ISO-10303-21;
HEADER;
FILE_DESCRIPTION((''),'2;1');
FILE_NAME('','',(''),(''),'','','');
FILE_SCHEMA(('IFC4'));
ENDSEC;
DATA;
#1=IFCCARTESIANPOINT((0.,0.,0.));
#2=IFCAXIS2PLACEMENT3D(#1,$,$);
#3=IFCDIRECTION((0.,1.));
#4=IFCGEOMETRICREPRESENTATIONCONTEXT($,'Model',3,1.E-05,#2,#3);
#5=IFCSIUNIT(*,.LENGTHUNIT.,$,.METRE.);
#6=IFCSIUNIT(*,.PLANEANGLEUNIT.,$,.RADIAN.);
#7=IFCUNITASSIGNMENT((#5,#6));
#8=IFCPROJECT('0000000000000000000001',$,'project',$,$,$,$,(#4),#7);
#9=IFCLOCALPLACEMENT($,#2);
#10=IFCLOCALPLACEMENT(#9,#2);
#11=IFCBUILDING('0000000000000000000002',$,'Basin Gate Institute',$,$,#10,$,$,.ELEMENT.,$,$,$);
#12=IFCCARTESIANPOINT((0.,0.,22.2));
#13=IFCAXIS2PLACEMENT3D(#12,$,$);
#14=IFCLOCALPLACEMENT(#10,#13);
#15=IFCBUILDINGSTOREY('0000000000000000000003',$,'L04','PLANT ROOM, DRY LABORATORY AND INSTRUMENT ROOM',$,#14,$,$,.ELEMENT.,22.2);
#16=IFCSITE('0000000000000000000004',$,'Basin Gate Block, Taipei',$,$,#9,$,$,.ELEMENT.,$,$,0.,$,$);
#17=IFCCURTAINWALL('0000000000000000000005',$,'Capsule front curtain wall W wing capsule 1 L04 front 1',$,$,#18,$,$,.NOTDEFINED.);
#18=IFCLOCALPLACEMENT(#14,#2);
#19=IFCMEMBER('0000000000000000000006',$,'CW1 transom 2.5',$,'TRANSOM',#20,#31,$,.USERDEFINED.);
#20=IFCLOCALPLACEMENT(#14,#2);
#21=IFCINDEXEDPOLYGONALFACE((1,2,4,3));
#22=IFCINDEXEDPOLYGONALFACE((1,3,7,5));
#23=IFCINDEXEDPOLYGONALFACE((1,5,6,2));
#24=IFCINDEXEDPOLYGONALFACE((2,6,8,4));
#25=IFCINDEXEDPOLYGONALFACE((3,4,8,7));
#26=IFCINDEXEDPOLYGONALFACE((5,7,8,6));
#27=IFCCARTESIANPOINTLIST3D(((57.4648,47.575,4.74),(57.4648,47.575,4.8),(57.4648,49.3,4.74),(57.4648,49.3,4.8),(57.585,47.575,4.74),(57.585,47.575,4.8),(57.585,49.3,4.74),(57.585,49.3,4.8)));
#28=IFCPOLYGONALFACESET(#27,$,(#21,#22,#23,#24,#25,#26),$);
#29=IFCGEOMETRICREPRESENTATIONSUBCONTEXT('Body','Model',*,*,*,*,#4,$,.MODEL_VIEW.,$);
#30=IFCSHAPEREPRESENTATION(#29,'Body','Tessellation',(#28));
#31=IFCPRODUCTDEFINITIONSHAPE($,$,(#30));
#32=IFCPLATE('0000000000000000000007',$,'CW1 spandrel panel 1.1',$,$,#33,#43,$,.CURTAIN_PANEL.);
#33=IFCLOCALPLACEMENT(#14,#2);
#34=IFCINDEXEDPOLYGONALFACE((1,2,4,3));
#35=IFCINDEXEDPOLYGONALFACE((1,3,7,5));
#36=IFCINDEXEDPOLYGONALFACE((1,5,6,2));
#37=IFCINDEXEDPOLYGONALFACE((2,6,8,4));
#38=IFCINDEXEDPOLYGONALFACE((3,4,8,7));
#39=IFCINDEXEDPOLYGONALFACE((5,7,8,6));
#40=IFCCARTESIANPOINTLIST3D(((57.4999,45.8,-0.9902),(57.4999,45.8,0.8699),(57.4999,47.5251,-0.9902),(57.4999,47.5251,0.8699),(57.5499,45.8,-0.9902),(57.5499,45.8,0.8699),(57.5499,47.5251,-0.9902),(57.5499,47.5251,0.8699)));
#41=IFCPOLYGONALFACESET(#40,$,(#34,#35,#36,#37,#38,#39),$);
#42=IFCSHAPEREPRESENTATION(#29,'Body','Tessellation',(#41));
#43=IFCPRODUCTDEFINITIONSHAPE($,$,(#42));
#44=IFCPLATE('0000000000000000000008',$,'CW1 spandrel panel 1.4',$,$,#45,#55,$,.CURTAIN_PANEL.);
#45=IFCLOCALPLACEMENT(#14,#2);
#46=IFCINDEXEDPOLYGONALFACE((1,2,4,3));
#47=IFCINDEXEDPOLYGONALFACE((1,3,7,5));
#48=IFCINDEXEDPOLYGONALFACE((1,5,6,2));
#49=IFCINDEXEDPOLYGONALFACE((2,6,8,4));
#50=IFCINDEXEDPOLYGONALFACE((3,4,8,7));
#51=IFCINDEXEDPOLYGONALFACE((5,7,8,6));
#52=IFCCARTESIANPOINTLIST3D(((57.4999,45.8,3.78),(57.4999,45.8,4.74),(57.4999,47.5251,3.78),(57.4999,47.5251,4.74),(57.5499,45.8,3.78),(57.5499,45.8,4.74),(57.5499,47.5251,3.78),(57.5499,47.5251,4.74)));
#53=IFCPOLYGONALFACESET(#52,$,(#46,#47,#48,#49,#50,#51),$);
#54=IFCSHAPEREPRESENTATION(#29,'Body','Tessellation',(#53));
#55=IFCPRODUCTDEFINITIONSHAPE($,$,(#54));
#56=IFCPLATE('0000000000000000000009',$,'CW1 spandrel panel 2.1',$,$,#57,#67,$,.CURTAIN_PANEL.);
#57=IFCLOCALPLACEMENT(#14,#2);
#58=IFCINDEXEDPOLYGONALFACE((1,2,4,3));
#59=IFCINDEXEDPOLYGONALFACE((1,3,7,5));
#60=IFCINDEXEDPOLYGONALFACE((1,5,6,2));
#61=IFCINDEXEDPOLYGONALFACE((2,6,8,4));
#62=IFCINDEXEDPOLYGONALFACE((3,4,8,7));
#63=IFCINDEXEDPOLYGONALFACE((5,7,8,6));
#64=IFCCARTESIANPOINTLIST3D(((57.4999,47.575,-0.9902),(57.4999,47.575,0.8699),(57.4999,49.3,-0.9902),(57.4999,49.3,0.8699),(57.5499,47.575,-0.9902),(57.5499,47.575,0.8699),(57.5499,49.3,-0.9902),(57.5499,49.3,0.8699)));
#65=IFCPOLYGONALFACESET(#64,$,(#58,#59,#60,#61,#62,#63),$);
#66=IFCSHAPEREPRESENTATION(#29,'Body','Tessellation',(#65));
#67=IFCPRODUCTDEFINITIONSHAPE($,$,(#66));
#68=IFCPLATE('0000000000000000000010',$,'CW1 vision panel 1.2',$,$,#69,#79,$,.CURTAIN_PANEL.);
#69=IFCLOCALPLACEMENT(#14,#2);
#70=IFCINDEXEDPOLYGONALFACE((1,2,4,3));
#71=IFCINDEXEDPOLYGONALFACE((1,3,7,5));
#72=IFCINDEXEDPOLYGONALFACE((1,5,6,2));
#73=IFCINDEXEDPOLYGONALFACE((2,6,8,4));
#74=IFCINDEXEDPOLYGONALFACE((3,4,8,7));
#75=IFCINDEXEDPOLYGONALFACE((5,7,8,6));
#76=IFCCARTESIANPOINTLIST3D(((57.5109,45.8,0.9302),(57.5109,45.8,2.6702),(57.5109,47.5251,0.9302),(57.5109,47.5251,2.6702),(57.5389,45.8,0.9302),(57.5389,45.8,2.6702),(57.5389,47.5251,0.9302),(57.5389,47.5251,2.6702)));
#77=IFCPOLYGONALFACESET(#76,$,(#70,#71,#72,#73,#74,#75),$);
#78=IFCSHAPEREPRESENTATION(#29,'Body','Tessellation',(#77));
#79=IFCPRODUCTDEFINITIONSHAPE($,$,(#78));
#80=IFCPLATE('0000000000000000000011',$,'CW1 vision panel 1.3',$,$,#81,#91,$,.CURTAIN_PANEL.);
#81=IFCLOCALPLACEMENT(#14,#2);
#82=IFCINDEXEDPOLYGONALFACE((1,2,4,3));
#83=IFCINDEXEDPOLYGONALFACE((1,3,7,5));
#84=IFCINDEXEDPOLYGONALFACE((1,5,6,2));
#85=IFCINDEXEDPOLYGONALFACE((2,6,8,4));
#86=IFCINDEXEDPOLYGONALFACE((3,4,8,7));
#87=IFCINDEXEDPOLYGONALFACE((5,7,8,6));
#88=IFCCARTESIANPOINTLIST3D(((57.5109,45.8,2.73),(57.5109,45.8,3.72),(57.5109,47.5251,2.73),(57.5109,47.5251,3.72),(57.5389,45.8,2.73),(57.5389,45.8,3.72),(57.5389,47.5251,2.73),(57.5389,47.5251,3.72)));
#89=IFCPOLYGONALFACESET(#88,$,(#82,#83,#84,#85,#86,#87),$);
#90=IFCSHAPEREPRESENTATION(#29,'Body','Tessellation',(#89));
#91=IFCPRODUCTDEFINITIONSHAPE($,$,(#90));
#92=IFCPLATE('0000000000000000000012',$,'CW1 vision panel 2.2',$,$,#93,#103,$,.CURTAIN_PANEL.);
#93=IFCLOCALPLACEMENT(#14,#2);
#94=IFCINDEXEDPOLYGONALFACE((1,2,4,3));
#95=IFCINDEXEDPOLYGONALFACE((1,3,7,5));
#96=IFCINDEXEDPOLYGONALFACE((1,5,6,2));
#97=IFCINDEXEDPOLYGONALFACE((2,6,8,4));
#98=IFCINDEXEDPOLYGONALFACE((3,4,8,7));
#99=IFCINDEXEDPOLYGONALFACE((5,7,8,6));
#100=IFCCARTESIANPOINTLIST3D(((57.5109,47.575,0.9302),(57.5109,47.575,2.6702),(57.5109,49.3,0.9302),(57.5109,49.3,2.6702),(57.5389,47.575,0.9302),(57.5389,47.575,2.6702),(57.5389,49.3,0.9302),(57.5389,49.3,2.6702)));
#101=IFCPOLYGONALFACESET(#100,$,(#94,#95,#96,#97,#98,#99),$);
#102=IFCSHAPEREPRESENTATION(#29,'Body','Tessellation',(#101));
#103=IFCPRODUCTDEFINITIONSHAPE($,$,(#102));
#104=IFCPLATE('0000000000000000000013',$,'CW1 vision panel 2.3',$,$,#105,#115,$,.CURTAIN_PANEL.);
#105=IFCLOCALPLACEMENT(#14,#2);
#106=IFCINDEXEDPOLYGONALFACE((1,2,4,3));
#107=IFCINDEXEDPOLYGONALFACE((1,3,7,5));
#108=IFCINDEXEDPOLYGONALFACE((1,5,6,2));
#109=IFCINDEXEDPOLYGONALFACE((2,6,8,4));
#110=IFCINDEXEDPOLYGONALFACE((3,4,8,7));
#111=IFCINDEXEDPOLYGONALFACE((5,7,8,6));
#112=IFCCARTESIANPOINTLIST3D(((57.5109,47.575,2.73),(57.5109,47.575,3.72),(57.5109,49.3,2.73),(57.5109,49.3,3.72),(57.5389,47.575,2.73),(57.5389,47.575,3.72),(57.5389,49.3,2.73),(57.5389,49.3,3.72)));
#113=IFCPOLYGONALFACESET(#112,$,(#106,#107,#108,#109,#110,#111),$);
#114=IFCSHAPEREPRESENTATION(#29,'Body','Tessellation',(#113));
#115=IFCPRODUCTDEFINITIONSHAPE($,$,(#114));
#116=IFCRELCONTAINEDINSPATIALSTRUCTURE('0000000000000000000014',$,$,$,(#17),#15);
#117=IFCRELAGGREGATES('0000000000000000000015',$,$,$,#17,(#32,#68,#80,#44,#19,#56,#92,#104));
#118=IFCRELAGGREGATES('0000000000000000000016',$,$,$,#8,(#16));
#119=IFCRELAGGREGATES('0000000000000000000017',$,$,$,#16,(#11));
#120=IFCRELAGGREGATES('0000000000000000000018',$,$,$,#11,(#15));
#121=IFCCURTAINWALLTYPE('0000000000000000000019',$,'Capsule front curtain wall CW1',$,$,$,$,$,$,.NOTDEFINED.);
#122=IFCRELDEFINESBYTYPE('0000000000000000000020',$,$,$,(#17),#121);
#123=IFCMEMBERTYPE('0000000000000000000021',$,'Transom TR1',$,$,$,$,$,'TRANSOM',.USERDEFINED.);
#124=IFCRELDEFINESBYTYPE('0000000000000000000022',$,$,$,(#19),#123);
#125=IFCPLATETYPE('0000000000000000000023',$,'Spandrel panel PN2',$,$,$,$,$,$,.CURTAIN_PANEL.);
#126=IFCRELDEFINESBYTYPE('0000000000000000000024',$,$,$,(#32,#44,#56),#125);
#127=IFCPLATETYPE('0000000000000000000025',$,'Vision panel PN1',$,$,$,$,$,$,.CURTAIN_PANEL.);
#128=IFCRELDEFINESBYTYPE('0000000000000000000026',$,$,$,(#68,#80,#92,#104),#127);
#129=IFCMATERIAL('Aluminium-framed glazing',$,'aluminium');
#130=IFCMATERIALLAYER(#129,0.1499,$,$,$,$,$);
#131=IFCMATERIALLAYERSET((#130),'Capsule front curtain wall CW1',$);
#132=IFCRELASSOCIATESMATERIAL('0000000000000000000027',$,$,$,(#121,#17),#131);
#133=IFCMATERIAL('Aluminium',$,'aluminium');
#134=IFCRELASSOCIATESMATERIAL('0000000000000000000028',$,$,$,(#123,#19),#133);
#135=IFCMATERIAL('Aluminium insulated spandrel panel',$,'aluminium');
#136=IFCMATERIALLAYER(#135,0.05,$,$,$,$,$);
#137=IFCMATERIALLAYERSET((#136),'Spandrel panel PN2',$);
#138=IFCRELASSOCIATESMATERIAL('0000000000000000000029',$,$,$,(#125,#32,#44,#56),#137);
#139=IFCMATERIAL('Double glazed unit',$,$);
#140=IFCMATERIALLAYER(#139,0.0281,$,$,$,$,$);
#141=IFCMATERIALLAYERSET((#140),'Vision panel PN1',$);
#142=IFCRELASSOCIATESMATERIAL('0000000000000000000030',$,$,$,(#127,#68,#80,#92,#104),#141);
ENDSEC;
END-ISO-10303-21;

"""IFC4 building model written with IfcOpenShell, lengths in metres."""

from ifc_helpers import new_model, si_unit, direction, frame, origin, origin_2d, place, context, subcontext, project, spatial, rectangle, extrude, material, layer, layer_set, material_profile, profile_set, type_object, element, aggregate, save


model = new_model("IFC4")

# Units and contexts
model_context = context("Model", 3, precision=1e-05, world=origin(), true_north=direction((0.0, 1.0)))
body_context = subcontext(model_context, "Body", "Model", "MODEL_VIEW")
ifc_project = project(units=[si_unit("LENGTHUNIT", "METRE"), si_unit("PLANEANGLEUNIT", "RADIAN")], contexts=[model_context])

# Site, building, storey
site_placement = place(None, origin())
site = spatial("IfcSite", under=ifc_project, at=site_placement, Name="Basin Gate Block, Taipei", CompositionType="ELEMENT", RefElevation=0.0)
building_placement = place(site_placement, origin())
building = spatial("IfcBuilding", under=site, at=building_placement, Name="Basin Gate Institute", CompositionType="ELEMENT")
storey_placement = place(building_placement, frame((0.0, 0.0, 22.2)))
storey = spatial("IfcBuildingStorey", under=building, at=storey_placement, Name="L04", Description="PLANT ROOM, DRY LABORATORY AND INSTRUMENT ROOM", CompositionType="ELEMENT", Elevation=22.2)

# Shared definitions
ifc_material_1 = material(Name="Aluminium-framed glazing", Category="aluminium")
ifc_layer_1 = layer(ifc_material_1, 0.1499)
ifc_layer_set_1 = layer_set([ifc_layer_1], Name="Capsule front curtain wall CW1")
curtain_wall_type = type_object("IfcCurtainWallType", Name="Capsule front curtain wall CW1", PredefinedType="NOTDEFINED", material=ifc_layer_set_1)

# Curtain wall
curtain_wall_1_placement = place(storey_placement, origin())
curtain_wall_1 = element("IfcCurtainWall", 1, at=curtain_wall_1_placement, inside=storey, type_object=curtain_wall_type, material=ifc_layer_set_1, Name="Capsule front curtain wall W wing capsule 1 L04 front 1", PredefinedType="NOTDEFINED")

# Member
ifc_material_2 = material(Name="Aluminium", Category="aluminium")
ifc_material_profile_1 = material_profile(ifc_material_2, rectangle(XDim=0.1201, YDim=0.0601, at=origin_2d()), Name="Transom TR1 120 x 60")
ifc_profile_set_1 = profile_set([ifc_material_profile_1], Name="Aluminium")
member_type_1 = type_object("IfcMemberType", Name="Transom TR1", ElementType="TRANSOM", PredefinedType="USERDEFINED", material=ifc_profile_set_1)
member_1_placement = place(storey_placement, frame((57.5249, 47.575, 4.77), z_axis=(0.0, 1.0, 0.0), x_axis=(-1.0, 0.0, 0.0)))
member_1 = element("IfcMember", 2, at=member_1_placement, type_object=member_type_1, material=ifc_profile_set_1, Name="CW1 transom 2.5", ObjectType="TRANSOM", PredefinedType="USERDEFINED", context=body_context, shape_type="SweptSolid", body=[
    extrude(rectangle(XDim=0.1201, YDim=0.0601, at=origin_2d()), origin(), (0.0, 0.0, 1.0), 1.7251),
])

# Plates
ifc_material_3 = material(Name="Aluminium insulated spandrel panel", Category="aluminium")
ifc_layer_2 = layer(ifc_material_3, 0.05)
ifc_layer_set_2 = layer_set([ifc_layer_2], Name="Spandrel panel PN2")
plate_type_1 = type_object("IfcPlateType", Name="Spandrel panel PN2", PredefinedType="CURTAIN_PANEL", material=ifc_layer_set_2)
plate_1_placement = place(storey_placement, frame((57.5249, 46.6626, -0.9902), z_axis=(0.0, 0.0, 1.0), x_axis=(0.0, 1.0, 0.0)))
plate_1 = element("IfcPlate", 3, at=plate_1_placement, type_object=plate_type_1, material=ifc_layer_set_2, Name="CW1 spandrel panel 1.1", PredefinedType="CURTAIN_PANEL", context=body_context, shape_type="SweptSolid", body=[
    extrude(rectangle(XDim=1.7251, YDim=0.05, at=origin_2d()), origin(), (0.0, 0.0, 1.0), 1.8601),
])
plate_2_placement = place(storey_placement, frame((57.5249, 46.6626, 3.78), z_axis=(0.0, 0.0, 1.0), x_axis=(0.0, 1.0, 0.0)))
plate_2 = element("IfcPlate", 4, at=plate_2_placement, type_object=plate_type_1, material=ifc_layer_set_2, Name="CW1 spandrel panel 1.4", PredefinedType="CURTAIN_PANEL", context=body_context, shape_type="SweptSolid", body=[
    extrude(rectangle(XDim=1.7251, YDim=0.05, at=origin_2d()), origin(), (0.0, 0.0, 1.0), 0.96),
])
plate_3_placement = place(storey_placement, frame((57.5249, 48.4375, -0.9902), z_axis=(0.0, 0.0, 1.0), x_axis=(0.0, 1.0, 0.0)))
plate_3 = element("IfcPlate", 5, at=plate_3_placement, type_object=plate_type_1, material=ifc_layer_set_2, Name="CW1 spandrel panel 2.1", PredefinedType="CURTAIN_PANEL", context=body_context, shape_type="SweptSolid", body=[
    extrude(rectangle(XDim=1.7251, YDim=0.05, at=origin_2d()), origin(), (0.0, 0.0, 1.0), 1.8601),
])
ifc_material_4 = material(Name="Double glazed unit")
ifc_layer_3 = layer(ifc_material_4, 0.0281)
ifc_layer_set_3 = layer_set([ifc_layer_3], Name="Vision panel PN1")
plate_type_2 = type_object("IfcPlateType", Name="Vision panel PN1", PredefinedType="CURTAIN_PANEL", material=ifc_layer_set_3)
plate_4_placement = place(storey_placement, frame((57.5249, 46.6626, 0.9302), z_axis=(0.0, 0.0, 1.0), x_axis=(0.0, 1.0, 0.0)))
plate_4 = element("IfcPlate", 6, at=plate_4_placement, type_object=plate_type_2, material=ifc_layer_set_3, Name="CW1 vision panel 1.2", PredefinedType="CURTAIN_PANEL", context=body_context, shape_type="SweptSolid", body=[
    extrude(rectangle(XDim=1.7251, YDim=0.0281, at=origin_2d()), origin(), (0.0, 0.0, 1.0), 1.74),
])
plate_5_placement = place(storey_placement, frame((57.5249, 46.6626, 2.73), z_axis=(0.0, 0.0, 1.0), x_axis=(0.0, 1.0, 0.0)))
plate_5 = element("IfcPlate", 7, at=plate_5_placement, type_object=plate_type_2, material=ifc_layer_set_3, Name="CW1 vision panel 1.3", PredefinedType="CURTAIN_PANEL", context=body_context, shape_type="SweptSolid", body=[
    extrude(rectangle(XDim=1.7251, YDim=0.0281, at=origin_2d()), origin(), (0.0, 0.0, 1.0), 0.99),
])
plate_6_placement = place(storey_placement, frame((57.5249, 48.4375, 0.9302), z_axis=(0.0, 0.0, 1.0), x_axis=(0.0, 1.0, 0.0)))
plate_6 = element("IfcPlate", 8, at=plate_6_placement, type_object=plate_type_2, material=ifc_layer_set_3, Name="CW1 vision panel 2.2", PredefinedType="CURTAIN_PANEL", context=body_context, shape_type="SweptSolid", body=[
    extrude(rectangle(XDim=1.7251, YDim=0.0281, at=origin_2d()), origin(), (0.0, 0.0, 1.0), 1.74),
])
plate_7_placement = place(storey_placement, frame((57.5249, 48.4375, 2.73), z_axis=(0.0, 0.0, 1.0), x_axis=(0.0, 1.0, 0.0)))
plate_7 = element("IfcPlate", 9, at=plate_7_placement, type_object=plate_type_2, material=ifc_layer_set_3, Name="CW1 vision panel 2.3", PredefinedType="CURTAIN_PANEL", context=body_context, shape_type="SweptSolid", body=[
    extrude(rectangle(XDim=1.7251, YDim=0.0281, at=origin_2d()), origin(), (0.0, 0.0, 1.0), 0.99),
])
aggregate(curtain_wall_1, [plate_1, plate_4, plate_5, plate_2, member_1, plate_3, plate_6, plate_7])

save(model, "model.ifc")
